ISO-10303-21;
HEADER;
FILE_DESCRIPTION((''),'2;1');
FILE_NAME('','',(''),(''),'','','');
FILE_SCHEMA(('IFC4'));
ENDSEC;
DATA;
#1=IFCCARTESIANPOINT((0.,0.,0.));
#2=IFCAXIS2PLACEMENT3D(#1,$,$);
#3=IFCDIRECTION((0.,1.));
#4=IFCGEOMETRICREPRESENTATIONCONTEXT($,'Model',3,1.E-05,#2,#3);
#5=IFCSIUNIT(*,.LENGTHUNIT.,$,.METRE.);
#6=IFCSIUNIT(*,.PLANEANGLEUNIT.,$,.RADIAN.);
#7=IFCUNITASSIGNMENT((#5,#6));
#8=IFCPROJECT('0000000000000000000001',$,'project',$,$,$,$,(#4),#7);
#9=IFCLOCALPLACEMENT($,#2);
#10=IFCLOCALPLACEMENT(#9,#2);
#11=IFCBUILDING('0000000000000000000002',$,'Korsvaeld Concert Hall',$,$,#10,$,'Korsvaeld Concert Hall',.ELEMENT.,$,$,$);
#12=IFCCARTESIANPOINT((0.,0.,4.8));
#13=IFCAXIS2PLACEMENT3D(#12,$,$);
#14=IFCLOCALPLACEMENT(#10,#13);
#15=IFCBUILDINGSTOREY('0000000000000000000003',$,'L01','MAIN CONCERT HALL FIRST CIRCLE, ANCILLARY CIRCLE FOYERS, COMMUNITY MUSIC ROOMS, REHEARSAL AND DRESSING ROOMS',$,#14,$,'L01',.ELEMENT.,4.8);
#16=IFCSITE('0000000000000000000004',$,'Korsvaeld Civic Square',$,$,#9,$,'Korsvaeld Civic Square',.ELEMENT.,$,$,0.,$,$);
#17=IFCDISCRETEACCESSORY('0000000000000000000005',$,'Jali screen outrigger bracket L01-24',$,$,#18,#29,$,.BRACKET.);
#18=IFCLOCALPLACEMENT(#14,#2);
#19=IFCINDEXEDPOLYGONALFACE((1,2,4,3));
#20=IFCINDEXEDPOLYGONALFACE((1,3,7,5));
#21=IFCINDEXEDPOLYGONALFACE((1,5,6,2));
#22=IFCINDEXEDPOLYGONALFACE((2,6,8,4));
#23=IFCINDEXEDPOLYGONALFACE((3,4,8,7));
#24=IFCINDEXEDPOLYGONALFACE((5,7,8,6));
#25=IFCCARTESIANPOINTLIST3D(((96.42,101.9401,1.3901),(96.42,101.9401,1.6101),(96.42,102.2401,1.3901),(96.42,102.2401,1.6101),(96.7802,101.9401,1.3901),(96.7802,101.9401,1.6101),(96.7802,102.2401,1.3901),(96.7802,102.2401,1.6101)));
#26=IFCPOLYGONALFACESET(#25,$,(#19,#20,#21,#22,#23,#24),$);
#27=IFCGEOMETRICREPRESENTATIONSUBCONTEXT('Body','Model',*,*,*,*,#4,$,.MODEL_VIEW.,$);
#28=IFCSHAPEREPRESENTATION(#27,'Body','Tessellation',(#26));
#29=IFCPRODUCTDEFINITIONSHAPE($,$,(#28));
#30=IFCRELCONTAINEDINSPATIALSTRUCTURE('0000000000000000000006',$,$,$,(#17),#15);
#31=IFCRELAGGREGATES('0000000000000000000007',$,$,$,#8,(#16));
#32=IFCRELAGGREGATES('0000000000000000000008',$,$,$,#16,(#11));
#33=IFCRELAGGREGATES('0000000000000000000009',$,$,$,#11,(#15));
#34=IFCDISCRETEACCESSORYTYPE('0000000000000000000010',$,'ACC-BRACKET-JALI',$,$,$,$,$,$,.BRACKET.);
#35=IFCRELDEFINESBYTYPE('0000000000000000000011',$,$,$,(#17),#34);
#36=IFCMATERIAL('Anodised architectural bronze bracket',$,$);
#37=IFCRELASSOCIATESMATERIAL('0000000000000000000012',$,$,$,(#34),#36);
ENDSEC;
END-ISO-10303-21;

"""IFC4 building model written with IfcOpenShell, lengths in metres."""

from ifc_helpers import new_model, si_unit, direction, frame, origin, origin_2d, place, context, subcontext, project, spatial, rectangle, extrude, material, type_object, element, save


model = new_model("IFC4")

# Units and contexts
model_context = context("Model", 3, precision=1e-05, world=origin(), true_north=direction((0.0, 1.0)))
body_context = subcontext(model_context, "Body", "Model", "MODEL_VIEW")
ifc_project = project(units=[si_unit("LENGTHUNIT", "METRE"), si_unit("PLANEANGLEUNIT", "RADIAN")], contexts=[model_context])

# Site, building, storey
site_placement = place(None, origin())
site = spatial("IfcSite", under=ifc_project, at=site_placement, Name="Korsvaeld Civic Square", LongName="Korsvaeld Civic Square", CompositionType="ELEMENT", RefElevation=0.0)
building_placement = place(site_placement, origin())
building = spatial("IfcBuilding", under=site, at=building_placement, Name="Korsvaeld Concert Hall", LongName="Korsvaeld Concert Hall", CompositionType="ELEMENT")
storey_placement = place(building_placement, frame((0.0, 0.0, 4.8)))
storey = spatial("IfcBuildingStorey", under=building, at=storey_placement, Name="L01", Description="MAIN CONCERT HALL FIRST CIRCLE, ANCILLARY CIRCLE FOYERS, COMMUNITY MUSIC ROOMS, REHEARSAL AND DRESSING ROOMS", LongName="L01", CompositionType="ELEMENT", Elevation=4.8)

# Discrete accessory
ifc_material_1 = material(Name="Anodised architectural bronze bracket")
discrete_accessory_type = type_object("IfcDiscreteAccessoryType", Name="ACC-BRACKET-JALI", PredefinedType="BRACKET", material=ifc_material_1)
for number, where, z_axis, x_axis, name in (
    (1, (96.6001, 102.0901, 1.3901), (0.0, 0.0, 1.0), (1.0, 0.0, 0.0), "Jali screen outrigger bracket L01-24"),
):
    element("IfcDiscreteAccessory", number, at=place(storey_placement, frame(where, z_axis=z_axis, x_axis=x_axis)), inside=storey, type_object=discrete_accessory_type, Name=name, PredefinedType="BRACKET", context=body_context, shape_type="SweptSolid", body=[
        extrude(rectangle(XDim=0.3601, YDim=0.3, at=origin_2d()), origin(), (0.0, 0.0, 1.0), 0.22),
    ])

save(model, "model.ifc")
